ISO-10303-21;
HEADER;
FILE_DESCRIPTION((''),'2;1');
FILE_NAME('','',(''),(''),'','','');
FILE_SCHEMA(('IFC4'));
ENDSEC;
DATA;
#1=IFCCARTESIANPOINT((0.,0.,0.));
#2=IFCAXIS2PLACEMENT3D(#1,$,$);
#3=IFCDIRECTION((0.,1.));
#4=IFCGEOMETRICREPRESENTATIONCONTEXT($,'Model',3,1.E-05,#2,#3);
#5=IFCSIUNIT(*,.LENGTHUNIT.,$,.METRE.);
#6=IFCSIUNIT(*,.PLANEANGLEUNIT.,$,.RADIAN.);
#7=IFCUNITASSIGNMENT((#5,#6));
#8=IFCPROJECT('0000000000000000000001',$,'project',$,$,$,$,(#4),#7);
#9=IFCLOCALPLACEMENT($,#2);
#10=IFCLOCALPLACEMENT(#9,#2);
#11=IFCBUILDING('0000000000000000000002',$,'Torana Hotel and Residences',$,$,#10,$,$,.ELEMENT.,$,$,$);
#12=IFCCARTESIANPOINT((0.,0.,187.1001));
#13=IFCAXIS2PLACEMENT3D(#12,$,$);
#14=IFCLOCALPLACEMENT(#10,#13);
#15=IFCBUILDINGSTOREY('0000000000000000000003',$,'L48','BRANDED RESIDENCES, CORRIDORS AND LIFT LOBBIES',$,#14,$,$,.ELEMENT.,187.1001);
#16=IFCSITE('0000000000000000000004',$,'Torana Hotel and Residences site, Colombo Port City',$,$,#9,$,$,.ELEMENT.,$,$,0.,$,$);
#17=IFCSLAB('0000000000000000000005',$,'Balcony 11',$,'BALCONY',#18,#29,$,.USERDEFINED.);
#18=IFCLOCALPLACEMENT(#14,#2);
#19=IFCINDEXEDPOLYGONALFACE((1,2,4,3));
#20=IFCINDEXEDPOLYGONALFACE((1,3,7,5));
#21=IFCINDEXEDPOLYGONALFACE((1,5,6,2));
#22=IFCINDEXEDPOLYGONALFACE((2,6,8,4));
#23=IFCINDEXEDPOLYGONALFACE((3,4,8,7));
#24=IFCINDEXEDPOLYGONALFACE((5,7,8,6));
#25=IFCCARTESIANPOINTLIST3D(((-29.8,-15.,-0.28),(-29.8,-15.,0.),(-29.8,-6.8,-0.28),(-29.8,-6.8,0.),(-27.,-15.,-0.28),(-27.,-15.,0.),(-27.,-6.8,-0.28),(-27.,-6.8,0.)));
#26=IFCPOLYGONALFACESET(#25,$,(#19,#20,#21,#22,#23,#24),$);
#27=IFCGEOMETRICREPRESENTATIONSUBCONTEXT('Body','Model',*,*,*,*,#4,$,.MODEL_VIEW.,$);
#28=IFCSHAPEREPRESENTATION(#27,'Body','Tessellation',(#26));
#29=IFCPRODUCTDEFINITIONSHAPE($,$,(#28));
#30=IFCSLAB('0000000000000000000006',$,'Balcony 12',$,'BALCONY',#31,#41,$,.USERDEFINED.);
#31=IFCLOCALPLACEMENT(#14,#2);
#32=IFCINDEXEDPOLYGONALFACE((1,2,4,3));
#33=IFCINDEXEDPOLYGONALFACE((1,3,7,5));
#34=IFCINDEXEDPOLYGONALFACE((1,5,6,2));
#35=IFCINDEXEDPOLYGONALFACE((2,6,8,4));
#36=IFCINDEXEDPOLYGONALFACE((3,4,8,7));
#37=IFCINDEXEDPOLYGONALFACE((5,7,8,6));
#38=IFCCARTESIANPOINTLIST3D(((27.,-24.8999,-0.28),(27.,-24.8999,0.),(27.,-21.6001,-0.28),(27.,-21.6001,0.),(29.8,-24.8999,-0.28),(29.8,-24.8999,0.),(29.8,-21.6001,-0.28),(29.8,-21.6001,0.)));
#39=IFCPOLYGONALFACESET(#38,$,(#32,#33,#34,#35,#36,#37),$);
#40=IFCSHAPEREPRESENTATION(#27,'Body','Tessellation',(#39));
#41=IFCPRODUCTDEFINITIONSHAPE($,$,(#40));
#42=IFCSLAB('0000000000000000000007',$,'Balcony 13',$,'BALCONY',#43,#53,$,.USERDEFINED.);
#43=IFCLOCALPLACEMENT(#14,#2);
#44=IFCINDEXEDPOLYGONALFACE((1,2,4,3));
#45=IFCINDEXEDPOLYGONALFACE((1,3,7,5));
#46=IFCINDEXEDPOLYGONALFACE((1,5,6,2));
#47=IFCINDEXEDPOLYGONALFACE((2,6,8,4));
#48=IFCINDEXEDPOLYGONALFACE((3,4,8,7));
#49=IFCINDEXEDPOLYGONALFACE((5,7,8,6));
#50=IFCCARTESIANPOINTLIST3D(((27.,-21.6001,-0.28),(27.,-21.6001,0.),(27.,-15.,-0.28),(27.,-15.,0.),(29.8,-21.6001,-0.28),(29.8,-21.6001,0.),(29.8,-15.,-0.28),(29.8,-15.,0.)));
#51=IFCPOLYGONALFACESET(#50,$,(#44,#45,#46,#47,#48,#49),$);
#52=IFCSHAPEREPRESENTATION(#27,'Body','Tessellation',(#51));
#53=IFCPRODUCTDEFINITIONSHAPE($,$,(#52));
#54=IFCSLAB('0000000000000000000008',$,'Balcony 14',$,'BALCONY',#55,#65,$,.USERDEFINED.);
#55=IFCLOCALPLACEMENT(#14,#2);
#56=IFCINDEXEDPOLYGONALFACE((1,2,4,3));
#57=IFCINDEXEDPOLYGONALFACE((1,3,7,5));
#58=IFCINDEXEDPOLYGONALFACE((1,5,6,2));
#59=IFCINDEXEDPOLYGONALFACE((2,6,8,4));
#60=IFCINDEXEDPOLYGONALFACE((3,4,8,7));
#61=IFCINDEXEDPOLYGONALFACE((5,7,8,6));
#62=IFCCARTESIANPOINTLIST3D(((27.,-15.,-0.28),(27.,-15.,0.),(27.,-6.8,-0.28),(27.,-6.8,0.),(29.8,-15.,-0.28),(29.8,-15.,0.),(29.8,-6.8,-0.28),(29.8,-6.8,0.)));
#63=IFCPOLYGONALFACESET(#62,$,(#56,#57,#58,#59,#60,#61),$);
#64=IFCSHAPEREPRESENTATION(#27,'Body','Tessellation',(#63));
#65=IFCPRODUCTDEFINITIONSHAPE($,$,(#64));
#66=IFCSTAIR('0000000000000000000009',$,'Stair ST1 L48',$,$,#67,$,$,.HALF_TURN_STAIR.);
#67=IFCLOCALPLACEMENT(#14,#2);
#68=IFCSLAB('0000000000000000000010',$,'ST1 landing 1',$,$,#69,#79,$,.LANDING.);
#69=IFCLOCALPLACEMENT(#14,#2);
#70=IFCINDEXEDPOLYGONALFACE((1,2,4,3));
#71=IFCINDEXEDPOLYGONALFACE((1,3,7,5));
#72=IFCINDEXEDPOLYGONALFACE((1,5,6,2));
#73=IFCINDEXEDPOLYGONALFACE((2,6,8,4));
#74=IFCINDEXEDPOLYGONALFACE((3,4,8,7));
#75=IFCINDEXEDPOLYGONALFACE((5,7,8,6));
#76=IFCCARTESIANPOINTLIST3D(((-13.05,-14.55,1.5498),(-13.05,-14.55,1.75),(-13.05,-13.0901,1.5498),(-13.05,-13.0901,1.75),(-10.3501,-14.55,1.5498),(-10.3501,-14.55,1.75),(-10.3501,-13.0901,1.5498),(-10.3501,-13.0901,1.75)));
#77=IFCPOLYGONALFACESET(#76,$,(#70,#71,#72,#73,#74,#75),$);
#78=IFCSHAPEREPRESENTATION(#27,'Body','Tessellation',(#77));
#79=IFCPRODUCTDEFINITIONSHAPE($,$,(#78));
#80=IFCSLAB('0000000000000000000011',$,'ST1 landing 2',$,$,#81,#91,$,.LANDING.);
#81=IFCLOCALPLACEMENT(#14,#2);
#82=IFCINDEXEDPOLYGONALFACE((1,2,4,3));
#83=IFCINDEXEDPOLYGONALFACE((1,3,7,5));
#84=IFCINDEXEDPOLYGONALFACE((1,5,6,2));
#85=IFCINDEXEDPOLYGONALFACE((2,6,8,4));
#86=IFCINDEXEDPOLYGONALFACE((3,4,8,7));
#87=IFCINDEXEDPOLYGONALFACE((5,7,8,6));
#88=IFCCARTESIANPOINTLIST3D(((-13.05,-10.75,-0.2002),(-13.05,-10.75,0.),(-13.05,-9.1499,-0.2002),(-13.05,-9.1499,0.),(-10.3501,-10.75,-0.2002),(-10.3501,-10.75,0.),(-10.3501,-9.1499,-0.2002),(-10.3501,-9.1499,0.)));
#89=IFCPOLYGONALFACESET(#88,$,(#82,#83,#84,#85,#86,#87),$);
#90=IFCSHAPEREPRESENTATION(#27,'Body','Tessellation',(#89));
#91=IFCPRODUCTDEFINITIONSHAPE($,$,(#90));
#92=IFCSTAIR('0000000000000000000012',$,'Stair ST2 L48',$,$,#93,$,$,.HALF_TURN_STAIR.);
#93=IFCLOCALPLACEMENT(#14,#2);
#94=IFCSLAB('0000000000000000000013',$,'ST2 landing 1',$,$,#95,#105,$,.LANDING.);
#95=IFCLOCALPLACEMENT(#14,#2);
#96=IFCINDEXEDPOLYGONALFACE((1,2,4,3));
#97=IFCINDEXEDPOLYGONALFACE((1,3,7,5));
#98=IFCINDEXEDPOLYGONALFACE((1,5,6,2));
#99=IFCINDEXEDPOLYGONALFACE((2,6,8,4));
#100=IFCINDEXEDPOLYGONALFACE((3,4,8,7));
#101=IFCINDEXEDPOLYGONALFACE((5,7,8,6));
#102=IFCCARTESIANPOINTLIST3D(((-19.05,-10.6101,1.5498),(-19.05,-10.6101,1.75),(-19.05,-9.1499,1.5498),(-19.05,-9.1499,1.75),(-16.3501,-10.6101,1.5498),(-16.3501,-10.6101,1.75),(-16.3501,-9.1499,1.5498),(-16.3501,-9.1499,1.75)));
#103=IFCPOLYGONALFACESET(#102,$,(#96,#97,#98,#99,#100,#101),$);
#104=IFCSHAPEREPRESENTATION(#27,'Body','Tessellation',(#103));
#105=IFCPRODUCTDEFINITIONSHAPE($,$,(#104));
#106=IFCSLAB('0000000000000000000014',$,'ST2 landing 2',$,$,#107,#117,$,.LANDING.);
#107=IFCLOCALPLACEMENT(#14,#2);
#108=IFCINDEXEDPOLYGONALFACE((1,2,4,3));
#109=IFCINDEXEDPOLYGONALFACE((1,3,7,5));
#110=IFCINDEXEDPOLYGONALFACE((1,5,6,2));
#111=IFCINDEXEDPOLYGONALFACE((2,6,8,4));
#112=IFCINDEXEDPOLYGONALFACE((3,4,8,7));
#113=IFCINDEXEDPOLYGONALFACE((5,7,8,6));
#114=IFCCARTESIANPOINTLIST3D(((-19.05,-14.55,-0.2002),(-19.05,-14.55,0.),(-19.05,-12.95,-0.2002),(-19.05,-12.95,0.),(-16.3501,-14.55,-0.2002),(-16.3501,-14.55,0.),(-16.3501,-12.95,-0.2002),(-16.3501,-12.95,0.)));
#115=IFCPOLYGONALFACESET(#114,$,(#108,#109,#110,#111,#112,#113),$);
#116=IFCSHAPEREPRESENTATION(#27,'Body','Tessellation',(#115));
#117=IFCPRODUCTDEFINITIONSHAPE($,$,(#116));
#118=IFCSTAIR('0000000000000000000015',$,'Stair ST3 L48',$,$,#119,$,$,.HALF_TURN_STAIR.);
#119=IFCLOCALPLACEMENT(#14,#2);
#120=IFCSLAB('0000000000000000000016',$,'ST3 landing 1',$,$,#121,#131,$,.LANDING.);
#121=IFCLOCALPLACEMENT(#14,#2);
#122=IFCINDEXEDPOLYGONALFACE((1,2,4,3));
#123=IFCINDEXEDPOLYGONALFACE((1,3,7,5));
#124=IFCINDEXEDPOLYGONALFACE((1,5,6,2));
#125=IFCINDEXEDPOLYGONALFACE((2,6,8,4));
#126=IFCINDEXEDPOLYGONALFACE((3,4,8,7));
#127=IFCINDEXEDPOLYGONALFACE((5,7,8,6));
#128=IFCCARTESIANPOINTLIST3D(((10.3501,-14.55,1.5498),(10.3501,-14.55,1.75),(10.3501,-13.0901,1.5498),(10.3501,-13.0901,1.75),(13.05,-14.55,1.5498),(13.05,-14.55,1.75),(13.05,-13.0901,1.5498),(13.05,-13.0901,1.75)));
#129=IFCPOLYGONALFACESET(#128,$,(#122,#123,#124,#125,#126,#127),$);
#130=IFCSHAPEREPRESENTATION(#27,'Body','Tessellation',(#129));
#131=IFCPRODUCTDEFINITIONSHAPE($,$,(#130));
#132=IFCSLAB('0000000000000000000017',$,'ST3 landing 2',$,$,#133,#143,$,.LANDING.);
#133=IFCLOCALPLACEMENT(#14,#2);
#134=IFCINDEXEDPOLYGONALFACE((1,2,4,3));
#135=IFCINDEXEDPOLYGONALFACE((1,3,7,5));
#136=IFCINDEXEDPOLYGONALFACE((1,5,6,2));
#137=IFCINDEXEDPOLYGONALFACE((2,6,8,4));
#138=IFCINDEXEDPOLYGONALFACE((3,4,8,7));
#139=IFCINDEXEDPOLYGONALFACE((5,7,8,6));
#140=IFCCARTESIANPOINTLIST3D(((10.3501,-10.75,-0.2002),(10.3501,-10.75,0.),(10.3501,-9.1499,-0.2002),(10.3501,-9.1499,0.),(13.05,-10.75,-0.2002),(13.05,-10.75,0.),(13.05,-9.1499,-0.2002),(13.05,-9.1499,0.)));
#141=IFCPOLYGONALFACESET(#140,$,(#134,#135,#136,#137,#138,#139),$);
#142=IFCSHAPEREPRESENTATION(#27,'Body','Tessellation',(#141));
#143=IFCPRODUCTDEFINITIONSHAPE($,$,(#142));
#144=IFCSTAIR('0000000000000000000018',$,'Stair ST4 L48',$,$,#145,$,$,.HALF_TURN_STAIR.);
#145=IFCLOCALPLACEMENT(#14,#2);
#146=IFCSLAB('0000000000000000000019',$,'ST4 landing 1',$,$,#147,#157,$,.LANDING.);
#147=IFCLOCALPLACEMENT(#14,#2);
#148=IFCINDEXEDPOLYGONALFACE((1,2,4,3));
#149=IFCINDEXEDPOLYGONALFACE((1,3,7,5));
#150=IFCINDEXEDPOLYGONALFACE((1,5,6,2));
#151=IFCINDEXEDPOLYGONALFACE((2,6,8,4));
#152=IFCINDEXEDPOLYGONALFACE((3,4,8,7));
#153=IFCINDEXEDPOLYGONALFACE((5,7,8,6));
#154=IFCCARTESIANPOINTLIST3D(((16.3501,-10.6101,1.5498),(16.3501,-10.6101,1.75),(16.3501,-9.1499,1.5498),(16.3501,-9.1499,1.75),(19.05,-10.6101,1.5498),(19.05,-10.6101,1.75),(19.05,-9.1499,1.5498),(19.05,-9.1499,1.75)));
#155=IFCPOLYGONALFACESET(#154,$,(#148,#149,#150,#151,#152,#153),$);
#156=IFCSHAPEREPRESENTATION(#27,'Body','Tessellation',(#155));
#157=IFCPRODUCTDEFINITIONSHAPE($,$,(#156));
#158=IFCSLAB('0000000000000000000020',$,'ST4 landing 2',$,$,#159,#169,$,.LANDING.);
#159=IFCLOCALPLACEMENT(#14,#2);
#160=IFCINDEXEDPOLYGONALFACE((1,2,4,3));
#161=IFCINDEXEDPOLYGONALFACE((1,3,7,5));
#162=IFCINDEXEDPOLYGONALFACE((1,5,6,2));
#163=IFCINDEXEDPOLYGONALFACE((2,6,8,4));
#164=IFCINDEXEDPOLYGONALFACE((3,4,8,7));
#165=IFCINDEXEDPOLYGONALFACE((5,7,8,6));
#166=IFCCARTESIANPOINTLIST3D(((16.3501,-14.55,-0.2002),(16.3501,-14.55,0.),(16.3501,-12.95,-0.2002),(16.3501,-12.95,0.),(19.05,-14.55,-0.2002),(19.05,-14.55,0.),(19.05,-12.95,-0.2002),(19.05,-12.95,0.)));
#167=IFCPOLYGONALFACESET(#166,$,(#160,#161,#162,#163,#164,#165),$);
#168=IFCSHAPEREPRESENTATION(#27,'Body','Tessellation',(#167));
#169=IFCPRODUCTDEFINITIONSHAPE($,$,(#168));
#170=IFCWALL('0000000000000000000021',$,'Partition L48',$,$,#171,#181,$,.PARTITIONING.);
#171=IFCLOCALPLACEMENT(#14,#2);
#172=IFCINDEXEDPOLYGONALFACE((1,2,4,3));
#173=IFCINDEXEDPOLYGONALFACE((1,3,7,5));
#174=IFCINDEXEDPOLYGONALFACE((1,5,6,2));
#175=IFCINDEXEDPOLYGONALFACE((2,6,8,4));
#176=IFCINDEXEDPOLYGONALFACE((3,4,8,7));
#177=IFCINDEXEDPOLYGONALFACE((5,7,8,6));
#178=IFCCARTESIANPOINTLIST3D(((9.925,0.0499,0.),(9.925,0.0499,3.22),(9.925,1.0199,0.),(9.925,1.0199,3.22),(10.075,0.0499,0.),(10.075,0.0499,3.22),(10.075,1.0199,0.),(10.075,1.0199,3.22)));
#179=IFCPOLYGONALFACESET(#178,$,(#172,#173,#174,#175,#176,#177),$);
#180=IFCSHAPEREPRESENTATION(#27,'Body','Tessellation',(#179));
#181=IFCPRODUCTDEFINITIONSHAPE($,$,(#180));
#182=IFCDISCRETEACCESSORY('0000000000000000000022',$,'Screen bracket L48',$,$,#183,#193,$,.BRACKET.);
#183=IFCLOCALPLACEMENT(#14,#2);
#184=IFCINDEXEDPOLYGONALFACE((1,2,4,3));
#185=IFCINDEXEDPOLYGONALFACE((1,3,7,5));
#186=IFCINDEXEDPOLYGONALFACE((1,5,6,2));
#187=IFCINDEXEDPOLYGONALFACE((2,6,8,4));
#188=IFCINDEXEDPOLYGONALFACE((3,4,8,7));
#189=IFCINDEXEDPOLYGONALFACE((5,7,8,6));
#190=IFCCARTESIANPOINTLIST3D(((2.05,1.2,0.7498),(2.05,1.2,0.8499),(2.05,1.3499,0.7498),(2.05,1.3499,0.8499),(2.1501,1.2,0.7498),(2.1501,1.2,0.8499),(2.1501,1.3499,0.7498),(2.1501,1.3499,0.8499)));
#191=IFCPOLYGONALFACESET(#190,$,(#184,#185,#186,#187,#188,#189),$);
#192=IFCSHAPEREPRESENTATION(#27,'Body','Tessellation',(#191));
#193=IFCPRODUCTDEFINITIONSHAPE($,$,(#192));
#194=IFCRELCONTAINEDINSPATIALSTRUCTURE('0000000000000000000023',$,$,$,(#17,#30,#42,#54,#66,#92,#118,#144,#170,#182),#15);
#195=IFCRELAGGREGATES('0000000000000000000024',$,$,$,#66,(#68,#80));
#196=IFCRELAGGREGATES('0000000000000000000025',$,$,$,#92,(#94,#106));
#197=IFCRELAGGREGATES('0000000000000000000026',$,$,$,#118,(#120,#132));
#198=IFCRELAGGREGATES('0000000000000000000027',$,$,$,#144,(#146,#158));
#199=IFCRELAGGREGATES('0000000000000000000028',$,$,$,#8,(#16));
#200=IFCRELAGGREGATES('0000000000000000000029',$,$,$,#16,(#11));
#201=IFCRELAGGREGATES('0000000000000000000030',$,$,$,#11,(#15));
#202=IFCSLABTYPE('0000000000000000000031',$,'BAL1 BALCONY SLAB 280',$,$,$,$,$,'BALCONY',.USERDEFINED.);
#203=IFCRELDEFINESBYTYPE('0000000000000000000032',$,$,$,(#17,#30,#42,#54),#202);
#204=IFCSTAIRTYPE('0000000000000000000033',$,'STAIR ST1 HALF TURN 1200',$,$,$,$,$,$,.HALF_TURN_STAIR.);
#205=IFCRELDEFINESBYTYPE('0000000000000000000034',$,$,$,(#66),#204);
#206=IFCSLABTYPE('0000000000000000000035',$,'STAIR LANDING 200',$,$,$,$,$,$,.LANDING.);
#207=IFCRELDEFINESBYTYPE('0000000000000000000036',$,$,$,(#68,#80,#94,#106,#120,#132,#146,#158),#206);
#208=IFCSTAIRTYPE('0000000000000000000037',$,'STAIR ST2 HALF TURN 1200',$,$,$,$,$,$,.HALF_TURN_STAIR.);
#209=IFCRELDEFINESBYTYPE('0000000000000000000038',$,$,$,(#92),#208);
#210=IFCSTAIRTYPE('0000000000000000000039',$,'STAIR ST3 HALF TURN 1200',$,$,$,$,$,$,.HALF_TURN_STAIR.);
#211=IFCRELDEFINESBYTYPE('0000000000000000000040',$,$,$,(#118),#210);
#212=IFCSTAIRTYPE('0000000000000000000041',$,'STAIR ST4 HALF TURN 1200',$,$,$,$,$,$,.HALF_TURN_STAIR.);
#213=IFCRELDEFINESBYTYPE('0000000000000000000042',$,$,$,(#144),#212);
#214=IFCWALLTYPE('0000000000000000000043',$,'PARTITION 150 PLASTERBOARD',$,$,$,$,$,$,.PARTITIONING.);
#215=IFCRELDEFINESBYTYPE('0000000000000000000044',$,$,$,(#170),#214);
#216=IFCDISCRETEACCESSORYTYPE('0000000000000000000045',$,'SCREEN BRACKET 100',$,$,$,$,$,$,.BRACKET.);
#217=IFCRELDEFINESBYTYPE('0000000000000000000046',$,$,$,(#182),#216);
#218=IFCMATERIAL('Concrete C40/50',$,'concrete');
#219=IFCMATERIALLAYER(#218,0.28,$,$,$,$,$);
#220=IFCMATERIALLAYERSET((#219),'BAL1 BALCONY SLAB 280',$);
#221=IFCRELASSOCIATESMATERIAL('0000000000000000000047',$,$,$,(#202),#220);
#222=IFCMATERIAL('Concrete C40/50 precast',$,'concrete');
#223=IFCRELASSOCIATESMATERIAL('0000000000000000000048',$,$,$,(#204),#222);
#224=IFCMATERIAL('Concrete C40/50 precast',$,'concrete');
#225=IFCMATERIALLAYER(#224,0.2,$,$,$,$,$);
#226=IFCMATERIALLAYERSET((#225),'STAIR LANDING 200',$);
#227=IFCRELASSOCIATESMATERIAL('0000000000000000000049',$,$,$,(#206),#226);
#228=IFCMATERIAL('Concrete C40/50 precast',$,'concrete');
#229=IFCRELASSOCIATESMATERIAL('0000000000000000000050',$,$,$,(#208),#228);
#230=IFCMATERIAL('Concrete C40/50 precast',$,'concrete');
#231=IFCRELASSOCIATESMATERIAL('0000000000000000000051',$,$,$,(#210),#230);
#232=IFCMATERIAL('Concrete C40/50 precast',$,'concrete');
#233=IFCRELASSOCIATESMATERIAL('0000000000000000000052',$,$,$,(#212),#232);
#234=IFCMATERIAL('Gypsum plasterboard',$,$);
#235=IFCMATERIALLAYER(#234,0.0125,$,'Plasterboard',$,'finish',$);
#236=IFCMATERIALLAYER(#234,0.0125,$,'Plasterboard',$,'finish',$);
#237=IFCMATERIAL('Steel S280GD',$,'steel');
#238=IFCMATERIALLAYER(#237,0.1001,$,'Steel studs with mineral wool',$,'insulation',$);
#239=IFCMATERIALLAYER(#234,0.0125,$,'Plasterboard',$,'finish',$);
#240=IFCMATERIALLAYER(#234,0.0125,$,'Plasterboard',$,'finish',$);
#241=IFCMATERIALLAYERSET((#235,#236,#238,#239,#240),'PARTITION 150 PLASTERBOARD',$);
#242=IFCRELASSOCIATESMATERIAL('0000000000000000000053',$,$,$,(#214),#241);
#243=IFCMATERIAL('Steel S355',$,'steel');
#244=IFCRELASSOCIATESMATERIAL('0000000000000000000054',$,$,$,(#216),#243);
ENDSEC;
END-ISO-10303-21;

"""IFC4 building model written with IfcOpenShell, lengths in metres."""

from ifc_helpers import new_model, si_unit, direction, frame, frame_2d, origin, origin_2d, place, context, subcontext, project, spatial, polyline, rectangle, outline, extrude, material, layer, layer_set, type_object, element, aggregate, save


model = new_model("IFC4")

# Units and contexts
model_context = context("Model", 3, precision=1e-05, world=origin(), true_north=direction((0.0, 1.0)))
body_context = subcontext(model_context, "Body", "Model", "MODEL_VIEW")
ifc_project = project(units=[si_unit("LENGTHUNIT", "METRE"), si_unit("PLANEANGLEUNIT", "RADIAN")], contexts=[model_context])

# Site, building, storey
site_placement = place(None, origin())
site = spatial("IfcSite", under=ifc_project, at=site_placement, Name="Torana Hotel and Residences site, Colombo Port City", CompositionType="ELEMENT", RefElevation=0.0)
building_placement = place(site_placement, origin())
building = spatial("IfcBuilding", under=site, at=building_placement, Name="Torana Hotel and Residences", CompositionType="ELEMENT")
storey_placement = place(building_placement, frame((0.0, 0.0, 187.1001)))
storey = spatial("IfcBuildingStorey", under=building, at=storey_placement, Name="L48", Description="BRANDED RESIDENCES, CORRIDORS AND LIFT LOBBIES", CompositionType="ELEMENT", Elevation=187.1001)

# Slabs
ifc_material_1 = material(Name="Concrete C40/50", Category="concrete")
ifc_layer_1 = layer(ifc_material_1, 0.28)
ifc_layer_set_1 = layer_set([ifc_layer_1], Name="BAL1 BALCONY SLAB 280")
slab_type_1 = type_object("IfcSlabType", Name="BAL1 BALCONY SLAB 280", ElementType="BALCONY", PredefinedType="USERDEFINED", material=ifc_layer_set_1)
slab_1_placement = place(storey_placement, frame((0.0, 0.0, -0.28)))
element("IfcSlab", 1, at=slab_1_placement, inside=storey, type_object=slab_type_1, Name="Balcony 11", ObjectType="BALCONY", PredefinedType="USERDEFINED", context=body_context, shape_type="SweptSolid", body=[
    extrude(outline(polyline([(-29.8, -15.0), (-27.0, -15.0), (-27.0, -6.8), (-29.8, -6.8), (-29.8, -15.0)])), origin(), (0.0, 0.0, 1.0), 0.28),
])
slab_2_placement = place(storey_placement, frame((0.0, 0.0, -0.28)))
element("IfcSlab", 2, at=slab_2_placement, inside=storey, type_object=slab_type_1, Name="Balcony 12", ObjectType="BALCONY", PredefinedType="USERDEFINED", context=body_context, shape_type="SweptSolid", body=[
    extrude(outline(polyline([(27.0, -24.8999), (29.8, -24.8999), (29.8, -21.6001), (27.0, -21.6001), (27.0, -24.8999)])), origin(), (0.0, 0.0, 1.0), 0.28),
])
slab_3_placement = place(storey_placement, frame((0.0, 0.0, -0.28)))
element("IfcSlab", 3, at=slab_3_placement, inside=storey, type_object=slab_type_1, Name="Balcony 13", ObjectType="BALCONY", PredefinedType="USERDEFINED", context=body_context, shape_type="SweptSolid", body=[
    extrude(outline(polyline([(27.0, -21.6001), (29.8, -21.6001), (29.8, -15.0), (27.0, -15.0), (27.0, -21.6001)])), origin(), (0.0, 0.0, 1.0), 0.28),
])
slab_4_placement = place(storey_placement, frame((0.0, 0.0, -0.28)))
element("IfcSlab", 4, at=slab_4_placement, inside=storey, type_object=slab_type_1, Name="Balcony 14", ObjectType="BALCONY", PredefinedType="USERDEFINED", context=body_context, shape_type="SweptSolid", body=[
    extrude(outline(polyline([(27.0, -15.0), (29.8, -15.0), (29.8, -6.8), (27.0, -6.8), (27.0, -15.0)])), origin(), (0.0, 0.0, 1.0), 0.28),
])

# Stairs, slabs
ifc_material_2 = material(Name="Concrete C40/50 precast", Category="concrete")
stair_type_1 = type_object("IfcStairType", Name="STAIR ST1 HALF TURN 1200", PredefinedType="HALF_TURN_STAIR", material=ifc_material_2)
stair_1_placement = place(storey_placement, origin())
stair_1 = element("IfcStair", 5, at=stair_1_placement, inside=storey, type_object=stair_type_1, Name="Stair ST1 L48", PredefinedType="HALF_TURN_STAIR")
ifc_material_3 = material(Name="Concrete C40/50 precast", Category="concrete")
ifc_layer_2 = layer(ifc_material_3, 0.2)
ifc_layer_set_2 = layer_set([ifc_layer_2], Name="STAIR LANDING 200")
slab_type_2 = type_object("IfcSlabType", Name="STAIR LANDING 200", PredefinedType="LANDING", material=ifc_layer_set_2)
slab_5_placement = place(storey_placement, frame((0.0, 0.0, 1.5498)))
slab_5 = element("IfcSlab", 6, at=slab_5_placement, type_object=slab_type_2, Name="ST1 landing 1", PredefinedType="LANDING", context=body_context, shape_type="SweptSolid", body=[
    extrude(outline(polyline([(-13.05, -14.55), (-10.3501, -14.55), (-10.3501, -13.0901), (-13.05, -13.0901), (-13.05, -14.55)])), origin(), (0.0, 0.0, 1.0), 0.2002),
])
slab_6_placement = place(storey_placement, frame((0.0, 0.0, -0.2002)))
slab_6 = element("IfcSlab", 7, at=slab_6_placement, type_object=slab_type_2, Name="ST1 landing 2", PredefinedType="LANDING", context=body_context, shape_type="SweptSolid", body=[
    extrude(outline(polyline([(-13.05, -10.75), (-10.3501, -10.75), (-10.3501, -9.1499), (-13.05, -9.1499), (-13.05, -10.75)])), origin(), (0.0, 0.0, 1.0), 0.2002),
])
aggregate(stair_1, [slab_5, slab_6])
ifc_material_4 = material(Name="Concrete C40/50 precast", Category="concrete")
stair_type_2 = type_object("IfcStairType", Name="STAIR ST2 HALF TURN 1200", PredefinedType="HALF_TURN_STAIR", material=ifc_material_4)
stair_2_placement = place(storey_placement, origin())
stair_2 = element("IfcStair", 8, at=stair_2_placement, inside=storey, type_object=stair_type_2, Name="Stair ST2 L48", PredefinedType="HALF_TURN_STAIR")
slab_7_placement = place(storey_placement, frame((0.0, 0.0, 1.5498)))
slab_7 = element("IfcSlab", 9, at=slab_7_placement, type_object=slab_type_2, Name="ST2 landing 1", PredefinedType="LANDING", context=body_context, shape_type="SweptSolid", body=[
    extrude(outline(polyline([(-19.05, -10.6101), (-16.3501, -10.6101), (-16.3501, -9.1499), (-19.05, -9.1499), (-19.05, -10.6101)])), origin(), (0.0, 0.0, 1.0), 0.2002),
])
slab_8_placement = place(storey_placement, frame((0.0, 0.0, -0.2002)))
slab_8 = element("IfcSlab", 10, at=slab_8_placement, type_object=slab_type_2, Name="ST2 landing 2", PredefinedType="LANDING", context=body_context, shape_type="SweptSolid", body=[
    extrude(outline(polyline([(-19.05, -14.55), (-16.3501, -14.55), (-16.3501, -12.95), (-19.05, -12.95), (-19.05, -14.55)])), origin(), (0.0, 0.0, 1.0), 0.2002),
])
aggregate(stair_2, [slab_7, slab_8])
ifc_material_5 = material(Name="Concrete C40/50 precast", Category="concrete")
stair_type_3 = type_object("IfcStairType", Name="STAIR ST3 HALF TURN 1200", PredefinedType="HALF_TURN_STAIR", material=ifc_material_5)
stair_3_placement = place(storey_placement, origin())
stair_3 = element("IfcStair", 11, at=stair_3_placement, inside=storey, type_object=stair_type_3, Name="Stair ST3 L48", PredefinedType="HALF_TURN_STAIR")
slab_9_placement = place(storey_placement, frame((0.0, 0.0, 1.5498)))
slab_9 = element("IfcSlab", 12, at=slab_9_placement, type_object=slab_type_2, Name="ST3 landing 1", PredefinedType="LANDING", context=body_context, shape_type="SweptSolid", body=[
    extrude(outline(polyline([(10.3501, -14.55), (13.05, -14.55), (13.05, -13.0901), (10.3501, -13.0901), (10.3501, -14.55)])), origin(), (0.0, 0.0, 1.0), 0.2002),
])
slab_10_placement = place(storey_placement, frame((0.0, 0.0, -0.2002)))
slab_10 = element("IfcSlab", 13, at=slab_10_placement, type_object=slab_type_2, Name="ST3 landing 2", PredefinedType="LANDING", context=body_context, shape_type="SweptSolid", body=[
    extrude(outline(polyline([(10.3501, -10.75), (13.05, -10.75), (13.05, -9.1499), (10.3501, -9.1499), (10.3501, -10.75)])), origin(), (0.0, 0.0, 1.0), 0.2002),
])
aggregate(stair_3, [slab_9, slab_10])
ifc_material_6 = material(Name="Concrete C40/50 precast", Category="concrete")
stair_type_4 = type_object("IfcStairType", Name="STAIR ST4 HALF TURN 1200", PredefinedType="HALF_TURN_STAIR", material=ifc_material_6)
stair_4_placement = place(storey_placement, origin())
stair_4 = element("IfcStair", 14, at=stair_4_placement, inside=storey, type_object=stair_type_4, Name="Stair ST4 L48", PredefinedType="HALF_TURN_STAIR")
slab_11_placement = place(storey_placement, frame((0.0, 0.0, 1.5498)))
slab_11 = element("IfcSlab", 15, at=slab_11_placement, type_object=slab_type_2, Name="ST4 landing 1", PredefinedType="LANDING", context=body_context, shape_type="SweptSolid", body=[
    extrude(outline(polyline([(16.3501, -10.6101), (19.05, -10.6101), (19.05, -9.1499), (16.3501, -9.1499), (16.3501, -10.6101)])), origin(), (0.0, 0.0, 1.0), 0.2002),
])
slab_12_placement = place(storey_placement, frame((0.0, 0.0, -0.2002)))
slab_12 = element("IfcSlab", 16, at=slab_12_placement, type_object=slab_type_2, Name="ST4 landing 2", PredefinedType="LANDING", context=body_context, shape_type="SweptSolid", body=[
    extrude(outline(polyline([(16.3501, -14.55), (19.05, -14.55), (19.05, -12.95), (16.3501, -12.95), (16.3501, -14.55)])), origin(), (0.0, 0.0, 1.0), 0.2002),
])
aggregate(stair_4, [slab_11, slab_12])

# Wall
ifc_material_7 = material(Name="Gypsum plasterboard")
ifc_layer_3 = layer(ifc_material_7, 0.0125, Name="Plasterboard", Category="finish")
ifc_layer_4 = layer(ifc_material_7, 0.0125, Name="Plasterboard", Category="finish")
ifc_material_8 = material(Name="Steel S280GD", Category="steel")
ifc_layer_5 = layer(ifc_material_8, 0.1001, Name="Steel studs with mineral wool", Category="insulation")
ifc_layer_6 = layer(ifc_material_7, 0.0125, Name="Plasterboard", Category="finish")
ifc_layer_7 = layer(ifc_material_7, 0.0125, Name="Plasterboard", Category="finish")
ifc_layer_set_3 = layer_set([ifc_layer_3, ifc_layer_4, ifc_layer_5, ifc_layer_6, ifc_layer_7], Name="PARTITION 150 PLASTERBOARD")
wall_type = type_object("IfcWallType", Name="PARTITION 150 PLASTERBOARD", PredefinedType="PARTITIONING", material=ifc_layer_set_3)
wall_placement = place(storey_placement, frame((10.0, 0.05, 0.0), z_axis=(0.0, 0.0, 1.0), x_axis=(0.0, 1.0, 0.0)))
element("IfcWall", 17, at=wall_placement, inside=storey, type_object=wall_type, Name="Partition L48", PredefinedType="PARTITIONING", context=body_context, shape_type="SweptSolid", body=[
    extrude(rectangle(XDim=0.97, YDim=0.1499, at=frame_2d((0.4849, 0.0))), origin(), (0.0, 0.0, 1.0), 3.22),
])

# Discrete accessory
ifc_material_9 = material(Name="Steel S355", Category="steel")
discrete_accessory_type = type_object("IfcDiscreteAccessoryType", Name="SCREEN BRACKET 100", PredefinedType="BRACKET", material=ifc_material_9)
for number, where, z_axis, x_axis, name in (
    (18, (2.1001, 1.2749, 0.7498), (0.0, 0.0, 1.0), (-1.0, 0.0, 0.0), "Screen bracket L48"),
):
    element("IfcDiscreteAccessory", number, at=place(storey_placement, frame(where, z_axis=z_axis, x_axis=x_axis)), inside=storey, type_object=discrete_accessory_type, Name=name, PredefinedType="BRACKET", context=body_context, shape_type="SweptSolid", body=[
        extrude(rectangle(XDim=0.1001, YDim=0.1499, at=origin_2d()), origin(), (0.0, 0.0, 1.0), 0.1001),
    ])

save(model, "model.ifc")
